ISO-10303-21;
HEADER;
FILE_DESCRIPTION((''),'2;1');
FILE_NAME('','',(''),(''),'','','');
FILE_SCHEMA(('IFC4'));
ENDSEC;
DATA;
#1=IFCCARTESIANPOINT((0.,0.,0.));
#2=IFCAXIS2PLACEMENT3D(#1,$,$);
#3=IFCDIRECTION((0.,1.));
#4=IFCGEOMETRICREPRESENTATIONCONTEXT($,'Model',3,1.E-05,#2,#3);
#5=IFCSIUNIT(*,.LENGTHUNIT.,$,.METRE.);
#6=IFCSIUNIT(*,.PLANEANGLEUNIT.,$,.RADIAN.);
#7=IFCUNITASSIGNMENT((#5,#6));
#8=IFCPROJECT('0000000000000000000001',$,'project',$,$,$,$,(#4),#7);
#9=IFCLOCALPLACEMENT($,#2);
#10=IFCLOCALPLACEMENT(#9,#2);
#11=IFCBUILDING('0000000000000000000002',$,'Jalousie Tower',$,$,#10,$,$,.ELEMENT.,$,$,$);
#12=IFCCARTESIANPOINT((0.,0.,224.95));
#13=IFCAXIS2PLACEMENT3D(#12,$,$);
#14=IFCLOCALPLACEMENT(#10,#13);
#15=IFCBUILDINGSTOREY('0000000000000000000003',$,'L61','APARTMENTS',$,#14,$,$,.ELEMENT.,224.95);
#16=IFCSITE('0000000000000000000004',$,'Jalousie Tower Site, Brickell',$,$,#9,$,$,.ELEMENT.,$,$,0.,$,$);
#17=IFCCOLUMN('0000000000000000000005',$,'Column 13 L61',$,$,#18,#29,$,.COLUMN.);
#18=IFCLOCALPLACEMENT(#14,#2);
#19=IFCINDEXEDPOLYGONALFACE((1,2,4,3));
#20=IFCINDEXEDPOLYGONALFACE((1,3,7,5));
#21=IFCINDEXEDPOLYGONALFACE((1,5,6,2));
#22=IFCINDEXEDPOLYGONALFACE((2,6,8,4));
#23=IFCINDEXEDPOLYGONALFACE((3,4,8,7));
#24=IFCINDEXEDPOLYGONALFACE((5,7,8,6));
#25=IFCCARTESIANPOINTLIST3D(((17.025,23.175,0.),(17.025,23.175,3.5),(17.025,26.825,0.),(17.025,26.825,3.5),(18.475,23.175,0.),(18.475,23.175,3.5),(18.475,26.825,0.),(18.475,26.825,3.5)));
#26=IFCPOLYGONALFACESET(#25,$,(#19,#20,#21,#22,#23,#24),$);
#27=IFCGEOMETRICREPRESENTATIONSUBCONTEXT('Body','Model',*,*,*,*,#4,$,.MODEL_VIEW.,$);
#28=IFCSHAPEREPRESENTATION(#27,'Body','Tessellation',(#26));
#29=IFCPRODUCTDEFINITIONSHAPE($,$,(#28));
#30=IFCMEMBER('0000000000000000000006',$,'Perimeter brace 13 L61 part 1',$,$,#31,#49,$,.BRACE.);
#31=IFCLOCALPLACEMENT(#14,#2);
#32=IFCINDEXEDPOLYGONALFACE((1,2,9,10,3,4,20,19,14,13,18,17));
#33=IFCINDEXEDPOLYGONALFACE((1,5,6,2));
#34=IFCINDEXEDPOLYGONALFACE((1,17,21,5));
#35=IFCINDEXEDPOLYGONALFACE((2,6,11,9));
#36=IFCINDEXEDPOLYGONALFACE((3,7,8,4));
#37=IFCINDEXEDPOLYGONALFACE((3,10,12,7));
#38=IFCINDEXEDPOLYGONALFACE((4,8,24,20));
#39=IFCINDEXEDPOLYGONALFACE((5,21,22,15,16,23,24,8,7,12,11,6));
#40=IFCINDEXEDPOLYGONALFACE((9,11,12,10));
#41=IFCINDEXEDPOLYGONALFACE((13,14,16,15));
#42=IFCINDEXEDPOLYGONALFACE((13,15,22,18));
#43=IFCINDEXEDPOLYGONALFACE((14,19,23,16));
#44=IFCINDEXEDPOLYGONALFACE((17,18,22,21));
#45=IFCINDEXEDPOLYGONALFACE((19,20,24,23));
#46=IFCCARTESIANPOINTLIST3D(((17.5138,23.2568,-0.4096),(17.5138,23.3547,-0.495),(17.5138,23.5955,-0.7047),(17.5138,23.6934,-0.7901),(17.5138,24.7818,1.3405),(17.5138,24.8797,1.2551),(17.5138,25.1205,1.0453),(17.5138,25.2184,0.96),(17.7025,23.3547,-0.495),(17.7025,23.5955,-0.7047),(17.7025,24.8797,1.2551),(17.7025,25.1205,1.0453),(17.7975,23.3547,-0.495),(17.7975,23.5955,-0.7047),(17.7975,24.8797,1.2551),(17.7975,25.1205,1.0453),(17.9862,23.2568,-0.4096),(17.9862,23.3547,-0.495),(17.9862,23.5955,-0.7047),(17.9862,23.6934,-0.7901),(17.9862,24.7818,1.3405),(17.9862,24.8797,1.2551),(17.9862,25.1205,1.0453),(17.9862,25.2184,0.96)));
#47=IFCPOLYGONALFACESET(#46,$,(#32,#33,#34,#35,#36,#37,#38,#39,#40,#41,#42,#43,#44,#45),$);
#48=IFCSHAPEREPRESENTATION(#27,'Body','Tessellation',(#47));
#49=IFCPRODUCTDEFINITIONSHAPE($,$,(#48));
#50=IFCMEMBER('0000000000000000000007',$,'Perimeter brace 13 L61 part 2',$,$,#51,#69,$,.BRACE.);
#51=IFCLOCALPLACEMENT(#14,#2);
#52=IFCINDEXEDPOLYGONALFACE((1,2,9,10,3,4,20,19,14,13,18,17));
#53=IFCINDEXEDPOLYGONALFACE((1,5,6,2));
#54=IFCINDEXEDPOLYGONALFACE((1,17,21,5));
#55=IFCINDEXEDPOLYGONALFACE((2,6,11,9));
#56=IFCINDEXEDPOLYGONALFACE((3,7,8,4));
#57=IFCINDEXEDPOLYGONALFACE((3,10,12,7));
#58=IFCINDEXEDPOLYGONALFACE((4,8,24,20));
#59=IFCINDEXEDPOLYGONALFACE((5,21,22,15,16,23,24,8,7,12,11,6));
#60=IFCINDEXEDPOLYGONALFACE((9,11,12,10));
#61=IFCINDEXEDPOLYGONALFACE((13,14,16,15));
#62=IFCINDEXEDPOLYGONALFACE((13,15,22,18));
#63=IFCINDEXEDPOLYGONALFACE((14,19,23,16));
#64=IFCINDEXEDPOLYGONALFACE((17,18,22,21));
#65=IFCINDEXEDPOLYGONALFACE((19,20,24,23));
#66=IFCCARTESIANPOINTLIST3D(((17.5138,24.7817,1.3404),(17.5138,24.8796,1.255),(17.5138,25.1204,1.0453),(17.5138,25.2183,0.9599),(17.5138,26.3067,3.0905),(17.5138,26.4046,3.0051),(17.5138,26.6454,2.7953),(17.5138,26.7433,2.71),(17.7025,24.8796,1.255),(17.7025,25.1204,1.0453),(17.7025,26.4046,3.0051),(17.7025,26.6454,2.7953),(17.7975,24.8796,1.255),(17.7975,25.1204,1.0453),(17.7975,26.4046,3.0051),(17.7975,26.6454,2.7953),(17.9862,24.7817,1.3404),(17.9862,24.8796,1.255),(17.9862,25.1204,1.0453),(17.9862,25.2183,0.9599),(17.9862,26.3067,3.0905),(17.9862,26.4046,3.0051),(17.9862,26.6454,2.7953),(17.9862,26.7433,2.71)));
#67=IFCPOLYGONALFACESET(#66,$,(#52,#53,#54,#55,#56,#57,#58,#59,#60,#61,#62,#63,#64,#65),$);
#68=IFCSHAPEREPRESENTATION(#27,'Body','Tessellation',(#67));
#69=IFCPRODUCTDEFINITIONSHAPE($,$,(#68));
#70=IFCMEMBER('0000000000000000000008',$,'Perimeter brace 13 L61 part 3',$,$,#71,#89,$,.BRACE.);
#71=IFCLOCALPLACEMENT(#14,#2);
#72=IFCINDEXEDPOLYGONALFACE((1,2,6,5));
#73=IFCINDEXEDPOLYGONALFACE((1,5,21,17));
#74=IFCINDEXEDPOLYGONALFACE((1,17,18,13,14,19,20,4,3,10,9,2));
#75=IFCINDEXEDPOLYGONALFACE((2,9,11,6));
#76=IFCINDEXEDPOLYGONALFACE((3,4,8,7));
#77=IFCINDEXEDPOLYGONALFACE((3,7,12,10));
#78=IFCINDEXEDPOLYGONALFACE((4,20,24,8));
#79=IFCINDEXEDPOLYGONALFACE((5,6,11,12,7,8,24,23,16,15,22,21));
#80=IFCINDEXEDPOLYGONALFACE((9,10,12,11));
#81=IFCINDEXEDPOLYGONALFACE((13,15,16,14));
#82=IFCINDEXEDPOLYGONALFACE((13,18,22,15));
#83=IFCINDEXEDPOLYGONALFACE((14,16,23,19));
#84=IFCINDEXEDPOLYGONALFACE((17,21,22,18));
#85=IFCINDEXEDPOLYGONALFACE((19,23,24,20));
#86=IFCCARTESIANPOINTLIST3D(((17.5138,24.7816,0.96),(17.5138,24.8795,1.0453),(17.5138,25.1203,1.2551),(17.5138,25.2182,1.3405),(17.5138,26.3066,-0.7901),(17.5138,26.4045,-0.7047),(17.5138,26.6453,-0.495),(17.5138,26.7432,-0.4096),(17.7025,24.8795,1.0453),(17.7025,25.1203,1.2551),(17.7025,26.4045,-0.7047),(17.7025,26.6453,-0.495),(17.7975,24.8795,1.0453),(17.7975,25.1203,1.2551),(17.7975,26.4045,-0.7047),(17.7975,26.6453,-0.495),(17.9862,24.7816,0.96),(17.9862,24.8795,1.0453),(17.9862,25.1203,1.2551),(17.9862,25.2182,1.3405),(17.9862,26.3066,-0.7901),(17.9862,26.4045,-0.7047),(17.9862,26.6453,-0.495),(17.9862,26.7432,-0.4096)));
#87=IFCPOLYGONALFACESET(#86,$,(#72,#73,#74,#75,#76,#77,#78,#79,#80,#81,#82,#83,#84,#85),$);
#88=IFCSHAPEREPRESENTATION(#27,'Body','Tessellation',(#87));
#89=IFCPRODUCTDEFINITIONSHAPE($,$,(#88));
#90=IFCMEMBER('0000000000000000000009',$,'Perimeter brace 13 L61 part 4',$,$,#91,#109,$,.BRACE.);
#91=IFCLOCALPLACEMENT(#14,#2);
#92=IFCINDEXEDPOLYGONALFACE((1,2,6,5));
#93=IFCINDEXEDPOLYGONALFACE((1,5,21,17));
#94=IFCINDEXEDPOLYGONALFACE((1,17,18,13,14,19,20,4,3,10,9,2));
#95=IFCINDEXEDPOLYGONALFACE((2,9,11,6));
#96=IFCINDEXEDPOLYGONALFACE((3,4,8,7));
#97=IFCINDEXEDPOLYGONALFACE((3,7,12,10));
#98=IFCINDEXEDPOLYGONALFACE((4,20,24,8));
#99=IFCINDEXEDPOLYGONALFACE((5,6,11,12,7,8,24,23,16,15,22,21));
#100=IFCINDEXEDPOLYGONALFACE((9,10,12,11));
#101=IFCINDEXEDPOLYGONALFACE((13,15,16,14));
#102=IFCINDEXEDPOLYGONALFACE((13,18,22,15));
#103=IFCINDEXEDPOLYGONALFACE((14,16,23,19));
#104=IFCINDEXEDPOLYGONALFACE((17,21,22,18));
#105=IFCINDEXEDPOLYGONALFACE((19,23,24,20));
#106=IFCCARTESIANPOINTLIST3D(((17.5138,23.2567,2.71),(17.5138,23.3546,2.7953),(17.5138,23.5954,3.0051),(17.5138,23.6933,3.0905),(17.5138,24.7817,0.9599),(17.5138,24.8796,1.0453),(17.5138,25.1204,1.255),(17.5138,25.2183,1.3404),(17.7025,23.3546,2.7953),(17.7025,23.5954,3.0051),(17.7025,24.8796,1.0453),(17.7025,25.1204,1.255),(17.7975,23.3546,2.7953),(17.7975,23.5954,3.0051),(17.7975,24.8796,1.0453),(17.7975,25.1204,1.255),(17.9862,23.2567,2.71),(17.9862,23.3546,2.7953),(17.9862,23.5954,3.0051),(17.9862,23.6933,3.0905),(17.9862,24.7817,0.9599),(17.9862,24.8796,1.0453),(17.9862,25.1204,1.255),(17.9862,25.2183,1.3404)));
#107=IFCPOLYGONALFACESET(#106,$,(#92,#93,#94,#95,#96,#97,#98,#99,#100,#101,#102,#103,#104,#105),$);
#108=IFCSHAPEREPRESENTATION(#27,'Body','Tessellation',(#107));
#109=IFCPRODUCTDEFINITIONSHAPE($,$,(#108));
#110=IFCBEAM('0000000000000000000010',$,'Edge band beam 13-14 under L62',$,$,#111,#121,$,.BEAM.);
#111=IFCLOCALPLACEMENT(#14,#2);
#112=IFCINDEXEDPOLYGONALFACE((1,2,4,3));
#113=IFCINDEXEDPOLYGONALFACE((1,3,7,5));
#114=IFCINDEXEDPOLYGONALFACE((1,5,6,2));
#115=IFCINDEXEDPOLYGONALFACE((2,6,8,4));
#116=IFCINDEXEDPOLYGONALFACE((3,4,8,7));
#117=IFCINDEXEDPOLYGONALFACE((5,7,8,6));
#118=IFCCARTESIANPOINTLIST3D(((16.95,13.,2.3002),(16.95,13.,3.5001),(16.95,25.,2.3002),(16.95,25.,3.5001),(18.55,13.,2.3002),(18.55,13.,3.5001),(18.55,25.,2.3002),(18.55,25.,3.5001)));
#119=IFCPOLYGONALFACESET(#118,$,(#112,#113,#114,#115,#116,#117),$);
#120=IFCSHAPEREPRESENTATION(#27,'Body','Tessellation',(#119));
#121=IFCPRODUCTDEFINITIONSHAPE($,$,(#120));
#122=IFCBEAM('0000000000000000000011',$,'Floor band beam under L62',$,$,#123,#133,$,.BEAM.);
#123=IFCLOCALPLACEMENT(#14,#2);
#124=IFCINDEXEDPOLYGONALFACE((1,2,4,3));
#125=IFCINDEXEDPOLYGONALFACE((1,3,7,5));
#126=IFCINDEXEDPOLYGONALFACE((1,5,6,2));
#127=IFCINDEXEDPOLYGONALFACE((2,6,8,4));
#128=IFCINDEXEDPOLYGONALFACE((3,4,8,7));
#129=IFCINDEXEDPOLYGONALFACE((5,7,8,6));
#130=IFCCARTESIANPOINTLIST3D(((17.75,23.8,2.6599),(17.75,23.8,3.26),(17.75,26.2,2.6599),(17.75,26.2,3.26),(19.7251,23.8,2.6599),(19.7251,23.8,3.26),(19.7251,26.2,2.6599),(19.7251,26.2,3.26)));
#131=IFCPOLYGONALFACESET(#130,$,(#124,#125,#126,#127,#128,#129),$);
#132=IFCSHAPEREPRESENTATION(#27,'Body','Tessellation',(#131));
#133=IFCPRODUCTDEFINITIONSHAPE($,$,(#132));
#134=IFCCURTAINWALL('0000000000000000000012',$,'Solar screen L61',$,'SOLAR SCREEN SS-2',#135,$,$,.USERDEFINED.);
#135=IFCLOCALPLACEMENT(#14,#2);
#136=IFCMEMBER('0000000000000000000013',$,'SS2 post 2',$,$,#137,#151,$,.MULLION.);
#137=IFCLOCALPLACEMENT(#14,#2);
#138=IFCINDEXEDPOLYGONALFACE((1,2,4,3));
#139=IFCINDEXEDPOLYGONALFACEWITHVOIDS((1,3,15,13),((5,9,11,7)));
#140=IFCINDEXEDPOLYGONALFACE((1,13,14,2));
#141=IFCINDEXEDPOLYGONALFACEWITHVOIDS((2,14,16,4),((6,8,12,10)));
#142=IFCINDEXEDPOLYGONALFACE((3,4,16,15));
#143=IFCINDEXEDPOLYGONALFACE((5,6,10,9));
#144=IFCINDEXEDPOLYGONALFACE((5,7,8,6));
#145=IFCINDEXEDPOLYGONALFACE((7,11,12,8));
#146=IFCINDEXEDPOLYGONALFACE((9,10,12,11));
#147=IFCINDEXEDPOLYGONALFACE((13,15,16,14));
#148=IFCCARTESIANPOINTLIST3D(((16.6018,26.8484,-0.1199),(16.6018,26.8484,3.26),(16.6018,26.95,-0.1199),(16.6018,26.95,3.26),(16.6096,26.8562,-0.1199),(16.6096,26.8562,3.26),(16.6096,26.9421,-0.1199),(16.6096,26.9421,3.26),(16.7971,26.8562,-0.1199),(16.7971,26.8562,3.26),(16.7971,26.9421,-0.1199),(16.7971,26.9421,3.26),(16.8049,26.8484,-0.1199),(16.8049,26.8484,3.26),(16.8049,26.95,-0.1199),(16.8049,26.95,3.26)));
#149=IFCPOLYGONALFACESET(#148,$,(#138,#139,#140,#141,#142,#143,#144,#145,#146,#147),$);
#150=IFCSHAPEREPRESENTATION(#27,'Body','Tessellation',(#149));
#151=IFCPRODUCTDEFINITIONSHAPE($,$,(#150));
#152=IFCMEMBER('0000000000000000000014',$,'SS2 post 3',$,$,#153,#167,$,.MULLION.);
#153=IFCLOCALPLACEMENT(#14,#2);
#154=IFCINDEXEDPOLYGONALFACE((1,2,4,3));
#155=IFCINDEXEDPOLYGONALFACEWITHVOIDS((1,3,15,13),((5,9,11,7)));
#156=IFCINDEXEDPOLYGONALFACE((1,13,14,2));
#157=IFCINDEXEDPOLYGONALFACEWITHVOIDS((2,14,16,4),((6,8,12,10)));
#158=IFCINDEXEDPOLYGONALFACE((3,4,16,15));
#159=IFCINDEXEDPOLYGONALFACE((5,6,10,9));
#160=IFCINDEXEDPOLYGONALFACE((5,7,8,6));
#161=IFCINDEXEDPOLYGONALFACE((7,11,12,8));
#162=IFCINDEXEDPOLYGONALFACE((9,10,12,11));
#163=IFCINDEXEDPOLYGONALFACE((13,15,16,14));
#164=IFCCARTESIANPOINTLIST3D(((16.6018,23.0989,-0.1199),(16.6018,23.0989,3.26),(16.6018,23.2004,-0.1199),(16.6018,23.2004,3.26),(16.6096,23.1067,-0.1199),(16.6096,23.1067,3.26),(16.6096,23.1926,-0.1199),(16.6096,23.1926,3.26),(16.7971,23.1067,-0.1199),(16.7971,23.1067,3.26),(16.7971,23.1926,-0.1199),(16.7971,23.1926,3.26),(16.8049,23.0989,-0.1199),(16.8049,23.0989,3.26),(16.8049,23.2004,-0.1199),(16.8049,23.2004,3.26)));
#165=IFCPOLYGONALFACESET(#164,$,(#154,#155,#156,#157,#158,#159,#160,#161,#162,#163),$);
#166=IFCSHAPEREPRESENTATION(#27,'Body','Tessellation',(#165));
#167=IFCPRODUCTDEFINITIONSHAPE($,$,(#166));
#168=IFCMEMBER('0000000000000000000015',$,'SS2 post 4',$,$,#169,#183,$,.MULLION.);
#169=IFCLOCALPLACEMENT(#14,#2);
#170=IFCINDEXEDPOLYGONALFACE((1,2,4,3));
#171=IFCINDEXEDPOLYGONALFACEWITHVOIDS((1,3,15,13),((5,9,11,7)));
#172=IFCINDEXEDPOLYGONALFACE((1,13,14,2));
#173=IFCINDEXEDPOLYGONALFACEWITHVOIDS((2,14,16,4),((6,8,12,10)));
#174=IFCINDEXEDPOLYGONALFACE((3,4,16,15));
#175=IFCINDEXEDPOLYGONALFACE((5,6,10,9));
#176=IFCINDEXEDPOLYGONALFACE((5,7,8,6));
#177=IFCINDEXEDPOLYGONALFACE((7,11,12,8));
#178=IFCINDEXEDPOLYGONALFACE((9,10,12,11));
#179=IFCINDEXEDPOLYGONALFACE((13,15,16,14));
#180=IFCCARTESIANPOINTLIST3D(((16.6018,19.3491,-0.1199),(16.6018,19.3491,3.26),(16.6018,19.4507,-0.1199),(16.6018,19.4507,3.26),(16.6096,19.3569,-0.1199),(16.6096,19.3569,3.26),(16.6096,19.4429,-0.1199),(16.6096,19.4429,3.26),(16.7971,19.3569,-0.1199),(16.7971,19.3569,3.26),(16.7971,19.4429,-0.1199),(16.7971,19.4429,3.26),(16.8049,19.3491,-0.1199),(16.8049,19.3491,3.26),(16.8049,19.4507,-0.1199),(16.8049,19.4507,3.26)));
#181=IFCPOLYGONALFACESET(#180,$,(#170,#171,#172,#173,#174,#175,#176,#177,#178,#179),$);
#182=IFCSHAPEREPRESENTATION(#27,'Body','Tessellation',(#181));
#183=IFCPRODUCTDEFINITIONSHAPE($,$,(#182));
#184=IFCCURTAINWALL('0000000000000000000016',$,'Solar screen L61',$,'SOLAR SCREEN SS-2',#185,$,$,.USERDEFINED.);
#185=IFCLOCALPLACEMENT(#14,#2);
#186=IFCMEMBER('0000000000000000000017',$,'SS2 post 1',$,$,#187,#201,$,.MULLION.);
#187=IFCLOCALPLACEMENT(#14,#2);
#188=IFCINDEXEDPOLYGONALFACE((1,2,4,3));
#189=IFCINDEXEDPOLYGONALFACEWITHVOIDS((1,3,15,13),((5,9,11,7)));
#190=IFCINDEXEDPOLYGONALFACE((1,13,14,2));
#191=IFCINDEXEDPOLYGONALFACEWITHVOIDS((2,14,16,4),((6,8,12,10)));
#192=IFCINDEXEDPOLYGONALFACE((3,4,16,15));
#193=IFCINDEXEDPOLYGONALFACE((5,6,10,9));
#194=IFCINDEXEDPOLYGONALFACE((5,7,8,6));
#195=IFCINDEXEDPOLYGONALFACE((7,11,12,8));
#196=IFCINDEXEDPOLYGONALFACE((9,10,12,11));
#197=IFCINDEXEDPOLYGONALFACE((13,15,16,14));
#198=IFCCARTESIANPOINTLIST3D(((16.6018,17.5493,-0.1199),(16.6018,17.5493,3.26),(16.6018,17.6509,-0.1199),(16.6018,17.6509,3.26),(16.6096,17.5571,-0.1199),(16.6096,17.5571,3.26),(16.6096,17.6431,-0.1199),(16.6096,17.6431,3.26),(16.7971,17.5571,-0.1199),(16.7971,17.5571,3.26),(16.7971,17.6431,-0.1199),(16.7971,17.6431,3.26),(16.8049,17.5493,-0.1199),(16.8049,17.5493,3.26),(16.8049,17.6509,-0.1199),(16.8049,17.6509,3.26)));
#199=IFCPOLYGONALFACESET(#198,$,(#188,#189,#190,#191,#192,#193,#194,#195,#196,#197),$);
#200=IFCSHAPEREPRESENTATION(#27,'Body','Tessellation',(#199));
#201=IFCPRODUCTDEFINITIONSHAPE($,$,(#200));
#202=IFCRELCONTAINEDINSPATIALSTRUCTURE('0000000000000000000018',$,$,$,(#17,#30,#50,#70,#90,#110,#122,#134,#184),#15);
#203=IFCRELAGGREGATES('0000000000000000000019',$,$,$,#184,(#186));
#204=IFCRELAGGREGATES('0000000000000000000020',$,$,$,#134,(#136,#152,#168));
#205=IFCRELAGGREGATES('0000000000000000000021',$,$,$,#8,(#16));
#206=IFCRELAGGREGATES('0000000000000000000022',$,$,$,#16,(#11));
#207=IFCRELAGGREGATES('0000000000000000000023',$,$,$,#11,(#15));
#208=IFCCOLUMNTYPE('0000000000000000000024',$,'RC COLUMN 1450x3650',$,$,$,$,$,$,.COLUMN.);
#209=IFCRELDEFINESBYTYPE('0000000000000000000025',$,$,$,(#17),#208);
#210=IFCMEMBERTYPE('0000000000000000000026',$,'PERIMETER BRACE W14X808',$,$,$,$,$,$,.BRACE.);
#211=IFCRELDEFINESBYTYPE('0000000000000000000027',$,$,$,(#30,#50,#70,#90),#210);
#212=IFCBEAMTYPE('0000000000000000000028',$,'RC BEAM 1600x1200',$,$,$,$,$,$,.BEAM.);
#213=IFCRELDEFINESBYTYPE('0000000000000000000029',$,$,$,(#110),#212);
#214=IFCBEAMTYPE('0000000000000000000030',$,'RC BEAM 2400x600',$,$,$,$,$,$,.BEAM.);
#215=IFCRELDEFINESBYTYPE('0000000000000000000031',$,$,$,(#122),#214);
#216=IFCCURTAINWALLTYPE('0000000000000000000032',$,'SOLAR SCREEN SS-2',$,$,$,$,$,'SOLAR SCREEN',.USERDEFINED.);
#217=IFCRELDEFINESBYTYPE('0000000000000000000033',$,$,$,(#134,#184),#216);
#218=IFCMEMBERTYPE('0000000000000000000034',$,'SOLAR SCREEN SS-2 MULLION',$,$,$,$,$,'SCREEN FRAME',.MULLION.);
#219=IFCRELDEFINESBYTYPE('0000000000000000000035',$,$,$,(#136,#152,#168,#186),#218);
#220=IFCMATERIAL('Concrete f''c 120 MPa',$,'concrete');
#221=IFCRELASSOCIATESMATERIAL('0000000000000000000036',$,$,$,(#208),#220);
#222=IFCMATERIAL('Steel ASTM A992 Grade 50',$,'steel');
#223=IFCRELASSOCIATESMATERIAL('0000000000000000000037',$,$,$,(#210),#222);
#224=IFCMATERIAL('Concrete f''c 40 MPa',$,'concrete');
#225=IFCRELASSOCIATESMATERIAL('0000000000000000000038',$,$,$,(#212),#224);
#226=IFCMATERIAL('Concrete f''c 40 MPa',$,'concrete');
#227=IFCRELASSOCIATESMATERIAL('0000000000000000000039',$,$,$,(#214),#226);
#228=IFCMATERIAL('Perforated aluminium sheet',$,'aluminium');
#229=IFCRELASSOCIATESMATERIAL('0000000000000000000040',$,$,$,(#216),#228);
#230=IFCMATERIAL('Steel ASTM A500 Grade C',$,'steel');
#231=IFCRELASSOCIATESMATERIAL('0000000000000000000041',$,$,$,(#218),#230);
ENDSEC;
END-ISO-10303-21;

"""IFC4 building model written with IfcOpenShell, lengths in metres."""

from ifc_helpers import new_model, si_unit, direction, frame, origin, origin_2d, place, context, subcontext, project, spatial, rectangle, hollow_rectangle, i_section, extrude, material, material_profile, profile_set, type_object, element, aggregate, save


model = new_model("IFC4")

# Units and contexts
model_context = context("Model", 3, precision=1e-05, world=origin(), true_north=direction((0.0, 1.0)))
body_context = subcontext(model_context, "Body", "Model", "MODEL_VIEW")
ifc_project = project(units=[si_unit("LENGTHUNIT", "METRE"), si_unit("PLANEANGLEUNIT", "RADIAN")], contexts=[model_context])

# Site, building, storey
site_placement = place(None, origin())
site = spatial("IfcSite", under=ifc_project, at=site_placement, Name="Jalousie Tower Site, Brickell", CompositionType="ELEMENT", RefElevation=0.0)
building_placement = place(site_placement, origin())
building = spatial("IfcBuilding", under=site, at=building_placement, Name="Jalousie Tower", CompositionType="ELEMENT")
storey_placement = place(building_placement, frame((0.0, 0.0, 224.95)))
storey = spatial("IfcBuildingStorey", under=building, at=storey_placement, Name="L61", Description="APARTMENTS", CompositionType="ELEMENT", Elevation=224.95)

# Column
ifc_material_1 = material(Name="Concrete f'c 120 MPa", Category="concrete")
ifc_material_profile_1 = material_profile(ifc_material_1, rectangle(XDim=1.45, YDim=3.6499, at=origin_2d()), Name="RC 1450x3650")
ifc_profile_set_1 = profile_set([ifc_material_profile_1], Name="Concrete f'c 120 MPa")
column_type = type_object("IfcColumnType", Name="RC COLUMN 1450x3650", PredefinedType="COLUMN", material=ifc_profile_set_1)
column_placement = place(storey_placement, frame((17.75, 25.0, 0.0), z_axis=(0.0, 0.0, 1.0), x_axis=(1.0, 0.0, 0.0)))
element("IfcColumn", 1, at=column_placement, inside=storey, type_object=column_type, Name="Column 13 L61", PredefinedType="COLUMN", context=body_context, shape_type="SweptSolid", body=[
    extrude(rectangle(XDim=1.45, YDim=3.6499, at=origin_2d()), origin(), (0.0, 0.0, 1.0), 3.5),
])

# Members
ifc_material_2 = material(Name="Steel ASTM A992 Grade 50", Category="steel")
ifc_material_profile_2 = material_profile(ifc_material_2, i_section(OverallWidth=0.4724, OverallDepth=0.5791, WebThickness=0.095, FlangeThickness=0.1299, at=origin_2d()), Name="W14X808")
ifc_profile_set_2 = profile_set([ifc_material_profile_2], Name="Steel ASTM A992 Grade 50")
member_type_1 = type_object("IfcMemberType", Name="PERIMETER BRACE W14X808", PredefinedType="BRACE", material=ifc_profile_set_2)
for number, where, z_axis, x_axis, name in (
    (2, (17.75, 23.4751, -0.5999), (0.0, 0.656954, 0.75393), (-1.0, 0.0, 0.0), "Perimeter brace 13 L61 part 1"),
    (3, (17.75, 25.0, 1.1501), (0.0, 0.656954, 0.75393), (-1.0, 0.0, 0.0), "Perimeter brace 13 L61 part 2"),
    (4, (17.75, 26.5249, -0.5999), (0.0, -0.656954, 0.75393), (1.0, 0.0, 0.0), "Perimeter brace 13 L61 part 3"),
    (5, (17.75, 25.0, 1.1501), (0.0, -0.656954, 0.75393), (1.0, 0.0, 0.0), "Perimeter brace 13 L61 part 4"),
):
    element("IfcMember", number, at=place(storey_placement, frame(where, z_axis=z_axis, x_axis=x_axis)), inside=storey, type_object=member_type_1, Name=name, PredefinedType="BRACE", context=body_context, shape_type="SweptSolid", body=[
        extrude(i_section(OverallWidth=0.4724, OverallDepth=0.5791, WebThickness=0.095, FlangeThickness=0.1299, at=origin_2d()), origin(), (0.0, 0.0, 1.0), 2.3213),
    ])

# Beams
ifc_material_3 = material(Name="Concrete f'c 40 MPa", Category="concrete")
ifc_material_profile_3 = material_profile(ifc_material_3, rectangle(XDim=1.6001, YDim=1.2, at=origin_2d()), Name="RC 1600x1200")
ifc_profile_set_3 = profile_set([ifc_material_profile_3], Name="Concrete f'c 40 MPa")
beam_type_1 = type_object("IfcBeamType", Name="RC BEAM 1600x1200", PredefinedType="BEAM", material=ifc_profile_set_3)
beam_1_placement = place(storey_placement, frame((17.75, 25.0, 2.9001), z_axis=(0.0, -1.0, 0.0), x_axis=(1.0, 0.0, 0.0)))
element("IfcBeam", 6, at=beam_1_placement, inside=storey, type_object=beam_type_1, Name="Edge band beam 13-14 under L62", PredefinedType="BEAM", context=body_context, shape_type="SweptSolid", body=[
    extrude(rectangle(XDim=1.6001, YDim=1.2, at=origin_2d()), origin(), (0.0, 0.0, 1.0), 12.0),
])
ifc_material_4 = material(Name="Concrete f'c 40 MPa", Category="concrete")
ifc_material_profile_4 = material_profile(ifc_material_4, rectangle(XDim=2.3999, YDim=0.6001, at=origin_2d()), Name="RC 2400x600")
ifc_profile_set_4 = profile_set([ifc_material_profile_4], Name="Concrete f'c 40 MPa")
beam_type_2 = type_object("IfcBeamType", Name="RC BEAM 2400x600", PredefinedType="BEAM", material=ifc_profile_set_4)
beam_2_placement = place(storey_placement, frame((17.75, 25.0, 2.96), z_axis=(1.0, 0.0, 0.0), x_axis=(0.0, 1.0, 0.0)))
element("IfcBeam", 7, at=beam_2_placement, inside=storey, type_object=beam_type_2, Name="Floor band beam under L62", PredefinedType="BEAM", context=body_context, shape_type="SweptSolid", body=[
    extrude(rectangle(XDim=2.3999, YDim=0.6001, at=origin_2d()), origin(), (0.0, 0.0, 1.0), 1.9751),
])

# Curtain walls, members
ifc_material_5 = material(Name="Perforated aluminium sheet", Category="aluminium")
curtain_wall_type = type_object("IfcCurtainWallType", Name="SOLAR SCREEN SS-2", ElementType="SOLAR SCREEN", PredefinedType="USERDEFINED", material=ifc_material_5)
curtain_wall_1_placement = place(storey_placement, origin())
curtain_wall_1 = element("IfcCurtainWall", 8, at=curtain_wall_1_placement, inside=storey, type_object=curtain_wall_type, Name="Solar screen L61", ObjectType="SOLAR SCREEN SS-2", PredefinedType="USERDEFINED")
ifc_material_6 = material(Name="Steel ASTM A500 Grade C", Category="steel")
ifc_material_profile_5 = material_profile(ifc_material_6, hollow_rectangle(XDim=0.1016, YDim=0.2031, WallThickness=0.0078, at=origin_2d()), Name="HSS8X4X5/16")
ifc_profile_set_5 = profile_set([ifc_material_profile_5], Name="Steel ASTM A500 Grade C")
member_type_2 = type_object("IfcMemberType", Name="SOLAR SCREEN SS-2 MULLION", ElementType="SCREEN FRAME", PredefinedType="MULLION", material=ifc_profile_set_5)
member_1_placement = place(storey_placement, frame((16.7034, 26.8992, -0.1199), z_axis=(0.0, 0.0, 1.0), x_axis=(0.0, -1.0, 0.0)))
member_1 = element("IfcMember", 9, at=member_1_placement, type_object=member_type_2, Name="SS2 post 2", PredefinedType="MULLION", context=body_context, shape_type="SweptSolid", body=[
    extrude(hollow_rectangle(XDim=0.1016, YDim=0.2031, WallThickness=0.0078, at=origin_2d()), origin(), (0.0, 0.0, 1.0), 3.3799),
])
member_2_placement = place(storey_placement, frame((16.7034, 23.1497, -0.1199), z_axis=(0.0, 0.0, 1.0), x_axis=(0.0, -1.0, 0.0)))
member_2 = element("IfcMember", 10, at=member_2_placement, type_object=member_type_2, Name="SS2 post 3", PredefinedType="MULLION", context=body_context, shape_type="SweptSolid", body=[
    extrude(hollow_rectangle(XDim=0.1016, YDim=0.2031, WallThickness=0.0078, at=origin_2d()), origin(), (0.0, 0.0, 1.0), 3.3799),
])
member_3_placement = place(storey_placement, frame((16.7034, 19.3999, -0.1199), z_axis=(0.0, 0.0, 1.0), x_axis=(0.0, -1.0, 0.0)))
member_3 = element("IfcMember", 11, at=member_3_placement, type_object=member_type_2, Name="SS2 post 4", PredefinedType="MULLION", context=body_context, shape_type="SweptSolid", body=[
    extrude(hollow_rectangle(XDim=0.1016, YDim=0.2031, WallThickness=0.0078, at=origin_2d()), origin(), (0.0, 0.0, 1.0), 3.3799),
])
curtain_wall_2_placement = place(storey_placement, origin())
curtain_wall_2 = element("IfcCurtainWall", 12, at=curtain_wall_2_placement, inside=storey, type_object=curtain_wall_type, Name="Solar screen L61", ObjectType="SOLAR SCREEN SS-2", PredefinedType="USERDEFINED")
member_4_placement = place(storey_placement, frame((16.7034, 17.6001, -0.1199), z_axis=(0.0, 0.0, 1.0), x_axis=(0.0, -1.0, 0.0)))
member_4 = element("IfcMember", 13, at=member_4_placement, type_object=member_type_2, Name="SS2 post 1", PredefinedType="MULLION", context=body_context, shape_type="SweptSolid", body=[
    extrude(hollow_rectangle(XDim=0.1016, YDim=0.2031, WallThickness=0.0078, at=origin_2d()), origin(), (0.0, 0.0, 1.0), 3.3799),
])
aggregate(curtain_wall_2, [member_4])

aggregate(curtain_wall_1, [member_1, member_2, member_3])

save(model, "model.ifc")
